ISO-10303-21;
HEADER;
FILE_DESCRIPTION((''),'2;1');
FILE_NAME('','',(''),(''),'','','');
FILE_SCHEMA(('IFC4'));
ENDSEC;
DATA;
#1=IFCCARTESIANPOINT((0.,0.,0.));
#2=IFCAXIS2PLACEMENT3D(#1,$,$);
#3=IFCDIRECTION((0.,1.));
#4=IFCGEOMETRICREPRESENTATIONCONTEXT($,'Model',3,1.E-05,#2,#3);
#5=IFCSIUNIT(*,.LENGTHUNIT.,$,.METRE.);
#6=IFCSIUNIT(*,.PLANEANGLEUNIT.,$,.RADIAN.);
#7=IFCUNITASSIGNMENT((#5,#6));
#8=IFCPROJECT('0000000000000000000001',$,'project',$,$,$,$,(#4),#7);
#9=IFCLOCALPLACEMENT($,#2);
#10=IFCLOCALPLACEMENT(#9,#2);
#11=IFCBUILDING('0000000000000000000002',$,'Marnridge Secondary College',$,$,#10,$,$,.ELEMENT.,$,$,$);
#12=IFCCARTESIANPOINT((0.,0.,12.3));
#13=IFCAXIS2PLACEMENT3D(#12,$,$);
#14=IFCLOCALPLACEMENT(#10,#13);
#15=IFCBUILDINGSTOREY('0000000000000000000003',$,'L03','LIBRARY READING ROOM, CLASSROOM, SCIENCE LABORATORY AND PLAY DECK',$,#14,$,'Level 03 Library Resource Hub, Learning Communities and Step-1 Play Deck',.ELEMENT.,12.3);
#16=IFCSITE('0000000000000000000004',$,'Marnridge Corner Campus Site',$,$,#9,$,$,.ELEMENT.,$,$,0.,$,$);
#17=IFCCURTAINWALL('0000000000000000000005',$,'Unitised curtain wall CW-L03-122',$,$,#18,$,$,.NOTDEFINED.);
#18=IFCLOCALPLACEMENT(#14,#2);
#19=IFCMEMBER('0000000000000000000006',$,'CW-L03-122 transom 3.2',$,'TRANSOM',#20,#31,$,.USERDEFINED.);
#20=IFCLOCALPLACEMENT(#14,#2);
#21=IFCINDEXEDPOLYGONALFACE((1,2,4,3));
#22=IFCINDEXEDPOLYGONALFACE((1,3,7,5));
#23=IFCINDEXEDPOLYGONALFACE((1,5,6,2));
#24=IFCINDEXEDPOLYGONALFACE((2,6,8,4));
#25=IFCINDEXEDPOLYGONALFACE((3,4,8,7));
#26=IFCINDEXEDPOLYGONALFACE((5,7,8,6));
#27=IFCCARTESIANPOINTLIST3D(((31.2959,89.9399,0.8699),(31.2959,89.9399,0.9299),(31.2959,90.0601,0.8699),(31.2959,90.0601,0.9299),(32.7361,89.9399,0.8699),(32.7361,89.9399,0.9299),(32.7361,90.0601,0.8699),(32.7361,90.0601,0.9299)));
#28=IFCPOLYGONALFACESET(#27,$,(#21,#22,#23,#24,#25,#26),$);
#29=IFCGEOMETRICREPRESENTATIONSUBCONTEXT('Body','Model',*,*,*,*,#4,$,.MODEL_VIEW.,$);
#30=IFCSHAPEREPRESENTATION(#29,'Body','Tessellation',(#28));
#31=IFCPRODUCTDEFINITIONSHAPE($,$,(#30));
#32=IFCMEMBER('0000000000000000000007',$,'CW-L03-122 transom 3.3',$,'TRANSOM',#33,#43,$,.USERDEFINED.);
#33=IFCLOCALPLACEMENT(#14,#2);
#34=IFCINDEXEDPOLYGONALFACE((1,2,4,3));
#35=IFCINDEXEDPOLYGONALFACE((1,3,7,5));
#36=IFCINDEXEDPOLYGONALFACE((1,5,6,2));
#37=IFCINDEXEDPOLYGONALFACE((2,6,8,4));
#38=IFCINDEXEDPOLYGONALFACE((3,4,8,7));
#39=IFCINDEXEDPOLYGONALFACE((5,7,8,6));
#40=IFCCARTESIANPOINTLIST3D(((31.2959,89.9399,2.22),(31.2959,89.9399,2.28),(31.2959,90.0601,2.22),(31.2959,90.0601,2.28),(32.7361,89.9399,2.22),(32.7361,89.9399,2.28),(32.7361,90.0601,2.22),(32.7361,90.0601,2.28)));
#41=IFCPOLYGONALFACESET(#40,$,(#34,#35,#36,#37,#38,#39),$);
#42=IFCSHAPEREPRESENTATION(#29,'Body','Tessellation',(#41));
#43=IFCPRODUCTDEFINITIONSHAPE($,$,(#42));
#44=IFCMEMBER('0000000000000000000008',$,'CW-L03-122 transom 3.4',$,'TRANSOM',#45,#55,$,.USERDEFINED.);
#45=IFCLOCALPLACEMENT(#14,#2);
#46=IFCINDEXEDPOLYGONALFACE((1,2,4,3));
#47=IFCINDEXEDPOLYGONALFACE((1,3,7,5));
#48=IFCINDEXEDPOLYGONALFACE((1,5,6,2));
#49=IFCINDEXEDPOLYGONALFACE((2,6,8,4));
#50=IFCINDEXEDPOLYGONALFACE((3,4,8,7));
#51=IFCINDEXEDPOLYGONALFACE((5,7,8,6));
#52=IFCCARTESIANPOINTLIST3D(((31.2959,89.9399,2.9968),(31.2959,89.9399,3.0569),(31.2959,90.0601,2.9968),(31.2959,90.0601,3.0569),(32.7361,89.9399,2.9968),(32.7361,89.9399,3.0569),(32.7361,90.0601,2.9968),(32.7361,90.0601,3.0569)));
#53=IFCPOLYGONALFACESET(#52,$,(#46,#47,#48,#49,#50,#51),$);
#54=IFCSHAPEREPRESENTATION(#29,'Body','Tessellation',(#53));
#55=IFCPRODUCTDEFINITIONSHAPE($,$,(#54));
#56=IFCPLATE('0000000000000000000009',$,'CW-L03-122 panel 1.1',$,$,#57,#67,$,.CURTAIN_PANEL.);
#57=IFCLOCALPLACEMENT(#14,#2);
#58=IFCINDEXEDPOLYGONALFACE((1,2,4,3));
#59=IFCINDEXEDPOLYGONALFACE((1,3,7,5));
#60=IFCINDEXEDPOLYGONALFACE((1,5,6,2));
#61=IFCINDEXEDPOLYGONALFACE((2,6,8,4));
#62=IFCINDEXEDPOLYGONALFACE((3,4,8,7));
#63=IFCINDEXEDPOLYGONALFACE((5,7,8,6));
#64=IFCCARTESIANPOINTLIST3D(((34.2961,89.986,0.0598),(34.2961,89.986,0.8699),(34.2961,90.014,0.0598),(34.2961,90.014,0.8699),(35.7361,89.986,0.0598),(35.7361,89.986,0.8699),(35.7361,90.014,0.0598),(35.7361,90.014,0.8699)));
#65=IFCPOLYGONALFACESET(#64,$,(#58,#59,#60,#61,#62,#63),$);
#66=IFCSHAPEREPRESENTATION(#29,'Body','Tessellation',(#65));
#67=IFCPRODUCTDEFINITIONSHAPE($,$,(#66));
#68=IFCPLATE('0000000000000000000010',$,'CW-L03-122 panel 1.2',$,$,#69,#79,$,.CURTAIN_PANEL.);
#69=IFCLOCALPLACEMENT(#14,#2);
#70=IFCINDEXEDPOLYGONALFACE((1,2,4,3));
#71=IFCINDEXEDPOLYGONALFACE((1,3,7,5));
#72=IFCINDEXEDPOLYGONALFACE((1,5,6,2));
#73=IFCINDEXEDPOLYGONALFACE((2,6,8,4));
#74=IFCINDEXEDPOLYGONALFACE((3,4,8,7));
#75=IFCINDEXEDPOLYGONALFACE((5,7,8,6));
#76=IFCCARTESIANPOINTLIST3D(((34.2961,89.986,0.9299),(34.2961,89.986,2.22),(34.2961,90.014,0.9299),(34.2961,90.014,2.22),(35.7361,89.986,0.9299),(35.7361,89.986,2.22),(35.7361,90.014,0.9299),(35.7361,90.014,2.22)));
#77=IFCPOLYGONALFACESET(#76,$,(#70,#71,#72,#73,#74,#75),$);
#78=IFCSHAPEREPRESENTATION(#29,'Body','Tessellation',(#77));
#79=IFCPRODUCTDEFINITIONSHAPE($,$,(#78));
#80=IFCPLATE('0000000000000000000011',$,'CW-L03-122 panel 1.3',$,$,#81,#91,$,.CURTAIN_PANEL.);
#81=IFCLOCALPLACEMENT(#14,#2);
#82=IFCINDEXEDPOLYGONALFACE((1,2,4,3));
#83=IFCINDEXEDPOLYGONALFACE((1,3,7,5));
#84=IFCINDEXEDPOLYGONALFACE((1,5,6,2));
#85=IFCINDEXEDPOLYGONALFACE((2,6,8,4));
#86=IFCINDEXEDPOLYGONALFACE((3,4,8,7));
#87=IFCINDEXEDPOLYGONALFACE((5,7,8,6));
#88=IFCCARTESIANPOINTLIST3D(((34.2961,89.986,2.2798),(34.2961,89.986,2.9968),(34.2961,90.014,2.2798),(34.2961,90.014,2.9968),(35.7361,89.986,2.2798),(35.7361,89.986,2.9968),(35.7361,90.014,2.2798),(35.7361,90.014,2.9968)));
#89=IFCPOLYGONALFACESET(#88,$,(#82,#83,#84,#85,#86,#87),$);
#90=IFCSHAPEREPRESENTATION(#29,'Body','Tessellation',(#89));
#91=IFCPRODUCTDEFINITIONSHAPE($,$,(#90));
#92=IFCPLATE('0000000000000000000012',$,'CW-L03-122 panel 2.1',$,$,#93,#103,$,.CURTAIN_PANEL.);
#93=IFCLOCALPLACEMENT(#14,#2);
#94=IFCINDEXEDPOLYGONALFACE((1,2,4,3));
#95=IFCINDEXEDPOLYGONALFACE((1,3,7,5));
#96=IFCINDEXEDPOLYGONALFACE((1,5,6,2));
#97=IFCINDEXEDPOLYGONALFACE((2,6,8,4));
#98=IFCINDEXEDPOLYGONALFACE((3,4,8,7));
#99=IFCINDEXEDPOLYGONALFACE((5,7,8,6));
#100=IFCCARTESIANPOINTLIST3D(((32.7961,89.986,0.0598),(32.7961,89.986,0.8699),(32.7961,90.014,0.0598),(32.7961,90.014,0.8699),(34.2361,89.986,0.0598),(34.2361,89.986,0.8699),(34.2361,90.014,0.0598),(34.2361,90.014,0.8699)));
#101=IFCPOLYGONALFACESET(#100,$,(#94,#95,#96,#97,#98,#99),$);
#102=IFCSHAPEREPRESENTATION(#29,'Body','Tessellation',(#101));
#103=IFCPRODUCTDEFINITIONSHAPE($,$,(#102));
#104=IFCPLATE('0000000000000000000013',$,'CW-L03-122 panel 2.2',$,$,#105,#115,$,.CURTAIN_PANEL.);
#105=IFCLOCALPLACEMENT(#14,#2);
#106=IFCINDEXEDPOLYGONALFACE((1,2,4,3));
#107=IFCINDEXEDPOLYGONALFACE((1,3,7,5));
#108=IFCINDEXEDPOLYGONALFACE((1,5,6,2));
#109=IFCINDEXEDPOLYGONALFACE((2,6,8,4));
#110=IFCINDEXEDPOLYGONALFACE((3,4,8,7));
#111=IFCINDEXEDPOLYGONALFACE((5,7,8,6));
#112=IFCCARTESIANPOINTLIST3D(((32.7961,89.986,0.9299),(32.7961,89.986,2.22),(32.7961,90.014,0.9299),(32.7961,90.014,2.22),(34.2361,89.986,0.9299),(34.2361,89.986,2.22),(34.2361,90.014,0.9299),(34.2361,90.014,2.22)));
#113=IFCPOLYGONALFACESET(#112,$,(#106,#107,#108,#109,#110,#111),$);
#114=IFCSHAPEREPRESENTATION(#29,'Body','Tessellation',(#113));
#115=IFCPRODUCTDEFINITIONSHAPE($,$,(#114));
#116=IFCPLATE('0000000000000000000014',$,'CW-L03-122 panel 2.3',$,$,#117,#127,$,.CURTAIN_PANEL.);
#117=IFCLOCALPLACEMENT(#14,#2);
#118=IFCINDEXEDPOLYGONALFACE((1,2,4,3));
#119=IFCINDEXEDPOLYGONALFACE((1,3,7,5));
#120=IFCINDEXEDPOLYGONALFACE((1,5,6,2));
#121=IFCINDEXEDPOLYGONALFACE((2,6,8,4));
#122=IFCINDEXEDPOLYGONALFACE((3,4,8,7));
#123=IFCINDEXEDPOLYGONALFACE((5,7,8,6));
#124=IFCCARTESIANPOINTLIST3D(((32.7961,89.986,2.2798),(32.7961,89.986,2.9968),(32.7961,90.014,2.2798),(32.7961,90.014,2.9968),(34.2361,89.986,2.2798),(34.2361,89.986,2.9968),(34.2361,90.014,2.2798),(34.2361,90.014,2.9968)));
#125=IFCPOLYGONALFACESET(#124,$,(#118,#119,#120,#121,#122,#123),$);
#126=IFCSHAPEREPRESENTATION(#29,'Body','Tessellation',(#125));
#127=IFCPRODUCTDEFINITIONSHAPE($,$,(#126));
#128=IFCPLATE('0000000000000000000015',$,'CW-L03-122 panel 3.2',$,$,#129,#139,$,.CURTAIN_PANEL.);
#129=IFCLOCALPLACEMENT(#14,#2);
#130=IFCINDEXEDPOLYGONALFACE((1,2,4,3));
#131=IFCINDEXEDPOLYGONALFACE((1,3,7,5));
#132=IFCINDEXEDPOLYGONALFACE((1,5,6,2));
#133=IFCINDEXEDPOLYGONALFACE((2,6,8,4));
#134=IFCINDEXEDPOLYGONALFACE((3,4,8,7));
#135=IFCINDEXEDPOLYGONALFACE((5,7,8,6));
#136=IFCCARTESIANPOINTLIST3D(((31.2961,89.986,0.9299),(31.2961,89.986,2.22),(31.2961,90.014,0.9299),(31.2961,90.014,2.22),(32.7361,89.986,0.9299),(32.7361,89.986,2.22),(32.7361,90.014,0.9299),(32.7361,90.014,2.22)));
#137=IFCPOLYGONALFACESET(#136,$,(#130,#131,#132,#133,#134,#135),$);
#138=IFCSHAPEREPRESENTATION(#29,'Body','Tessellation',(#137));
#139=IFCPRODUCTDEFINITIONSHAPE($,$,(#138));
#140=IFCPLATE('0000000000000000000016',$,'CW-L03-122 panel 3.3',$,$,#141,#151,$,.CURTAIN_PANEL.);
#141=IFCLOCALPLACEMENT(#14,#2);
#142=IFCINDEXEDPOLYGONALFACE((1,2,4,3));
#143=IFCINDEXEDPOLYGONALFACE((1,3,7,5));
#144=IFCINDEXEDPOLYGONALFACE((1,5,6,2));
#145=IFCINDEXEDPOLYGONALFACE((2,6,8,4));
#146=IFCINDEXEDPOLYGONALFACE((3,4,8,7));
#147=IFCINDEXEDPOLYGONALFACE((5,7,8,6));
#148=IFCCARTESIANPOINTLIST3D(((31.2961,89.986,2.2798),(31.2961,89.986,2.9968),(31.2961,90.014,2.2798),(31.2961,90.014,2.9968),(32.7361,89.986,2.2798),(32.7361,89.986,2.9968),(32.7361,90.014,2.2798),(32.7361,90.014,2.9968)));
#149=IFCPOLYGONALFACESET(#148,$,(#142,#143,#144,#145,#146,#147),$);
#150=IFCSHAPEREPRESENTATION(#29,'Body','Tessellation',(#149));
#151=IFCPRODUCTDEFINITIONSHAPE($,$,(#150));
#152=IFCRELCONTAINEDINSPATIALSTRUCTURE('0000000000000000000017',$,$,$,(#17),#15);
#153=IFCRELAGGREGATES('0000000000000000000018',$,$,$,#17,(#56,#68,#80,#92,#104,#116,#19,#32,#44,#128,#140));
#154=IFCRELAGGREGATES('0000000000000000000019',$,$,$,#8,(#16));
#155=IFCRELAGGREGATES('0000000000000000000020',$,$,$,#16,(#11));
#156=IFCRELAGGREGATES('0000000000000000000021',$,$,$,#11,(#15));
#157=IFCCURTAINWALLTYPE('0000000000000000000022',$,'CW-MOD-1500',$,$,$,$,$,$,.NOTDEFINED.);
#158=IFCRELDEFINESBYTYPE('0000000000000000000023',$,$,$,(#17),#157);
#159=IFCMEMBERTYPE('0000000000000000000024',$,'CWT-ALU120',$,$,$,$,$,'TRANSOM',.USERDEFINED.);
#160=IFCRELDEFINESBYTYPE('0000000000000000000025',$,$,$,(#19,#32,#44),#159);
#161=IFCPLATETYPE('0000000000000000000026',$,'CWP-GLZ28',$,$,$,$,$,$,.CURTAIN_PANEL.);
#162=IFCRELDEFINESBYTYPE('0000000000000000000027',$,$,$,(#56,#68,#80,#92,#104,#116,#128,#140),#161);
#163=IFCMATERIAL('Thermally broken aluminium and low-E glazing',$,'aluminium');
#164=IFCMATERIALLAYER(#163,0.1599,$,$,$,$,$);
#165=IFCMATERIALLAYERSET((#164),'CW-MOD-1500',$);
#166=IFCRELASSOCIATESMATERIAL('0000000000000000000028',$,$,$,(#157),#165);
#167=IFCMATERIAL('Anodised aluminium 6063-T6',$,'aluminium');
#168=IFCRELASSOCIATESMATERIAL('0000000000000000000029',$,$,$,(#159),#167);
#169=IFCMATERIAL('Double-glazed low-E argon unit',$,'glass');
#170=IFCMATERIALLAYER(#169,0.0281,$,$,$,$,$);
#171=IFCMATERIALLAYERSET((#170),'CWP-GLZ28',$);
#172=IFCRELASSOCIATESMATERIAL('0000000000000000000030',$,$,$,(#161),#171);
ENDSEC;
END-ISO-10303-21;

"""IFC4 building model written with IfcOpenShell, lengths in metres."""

from ifc_helpers import new_model, si_unit, direction, frame, origin, origin_2d, place, context, subcontext, project, spatial, rectangle, extrude, material, layer, layer_set, material_profile, profile_set, type_object, element, aggregate, save


model = new_model("IFC4")

# Units and contexts
model_context = context("Model", 3, precision=1e-05, world=origin(), true_north=direction((0.0, 1.0)))
body_context = subcontext(model_context, "Body", "Model", "MODEL_VIEW")
ifc_project = project(units=[si_unit("LENGTHUNIT", "METRE"), si_unit("PLANEANGLEUNIT", "RADIAN")], contexts=[model_context])

# Site, building, storey
site_placement = place(None, origin())
site = spatial("IfcSite", under=ifc_project, at=site_placement, Name="Marnridge Corner Campus Site", CompositionType="ELEMENT", RefElevation=0.0)
building_placement = place(site_placement, origin())
building = spatial("IfcBuilding", under=site, at=building_placement, Name="Marnridge Secondary College", CompositionType="ELEMENT")
storey_placement = place(building_placement, frame((0.0, 0.0, 12.3)))
storey = spatial("IfcBuildingStorey", under=building, at=storey_placement, Name="L03", Description="LIBRARY READING ROOM, CLASSROOM, SCIENCE LABORATORY AND PLAY DECK", LongName="Level 03 Library Resource Hub, Learning Communities and Step-1 Play Deck", CompositionType="ELEMENT", Elevation=12.3)

# Curtain wall
ifc_material_1 = material(Name="Thermally broken aluminium and low-E glazing", Category="aluminium")
ifc_layer_1 = layer(ifc_material_1, 0.1599)
ifc_layer_set_1 = layer_set([ifc_layer_1], Name="CW-MOD-1500")
curtain_wall_type = type_object("IfcCurtainWallType", Name="CW-MOD-1500", PredefinedType="NOTDEFINED", material=ifc_layer_set_1)
curtain_wall_1_placement = place(storey_placement, origin())
curtain_wall_1 = element("IfcCurtainWall", 1, at=curtain_wall_1_placement, inside=storey, type_object=curtain_wall_type, Name="Unitised curtain wall CW-L03-122", PredefinedType="NOTDEFINED")

# Members
ifc_material_2 = material(Name="Anodised aluminium 6063-T6", Category="aluminium")
ifc_material_profile_1 = material_profile(ifc_material_2, rectangle(XDim=0.0601, YDim=0.1201, at=origin_2d()), Name="ALU 60x120")
ifc_profile_set_1 = profile_set([ifc_material_profile_1], Name="Anodised aluminium 6063-T6")
member_type_1 = type_object("IfcMemberType", Name="CWT-ALU120", ElementType="TRANSOM", PredefinedType="USERDEFINED", material=ifc_profile_set_1)
member_1_placement = place(storey_placement, frame((32.7361, 90.0, 0.8999), z_axis=(-1.0, 0.0, 0.0), x_axis=(0.0, 0.0, 1.0)))
member_1 = element("IfcMember", 2, at=member_1_placement, type_object=member_type_1, Name="CW-L03-122 transom 3.2", ObjectType="TRANSOM", PredefinedType="USERDEFINED", context=body_context, shape_type="SweptSolid", body=[
    extrude(rectangle(XDim=0.0601, YDim=0.1201, at=origin_2d()), origin(), (0.0, 0.0, 1.0), 1.4402),
])
member_2_placement = place(storey_placement, frame((32.7361, 90.0, 2.25), z_axis=(-1.0, 0.0, 0.0), x_axis=(0.0, 0.0, 1.0)))
member_2 = element("IfcMember", 3, at=member_2_placement, type_object=member_type_1, Name="CW-L03-122 transom 3.3", ObjectType="TRANSOM", PredefinedType="USERDEFINED", context=body_context, shape_type="SweptSolid", body=[
    extrude(rectangle(XDim=0.0601, YDim=0.1201, at=origin_2d()), origin(), (0.0, 0.0, 1.0), 1.4402),
])
member_3_placement = place(storey_placement, frame((32.7361, 90.0, 3.0269), z_axis=(-1.0, 0.0, 0.0), x_axis=(0.0, 0.0, 1.0)))
member_3 = element("IfcMember", 4, at=member_3_placement, type_object=member_type_1, Name="CW-L03-122 transom 3.4", ObjectType="TRANSOM", PredefinedType="USERDEFINED", context=body_context, shape_type="SweptSolid", body=[
    extrude(rectangle(XDim=0.0601, YDim=0.1201, at=origin_2d()), origin(), (0.0, 0.0, 1.0), 1.4402),
])

# Plates
ifc_material_3 = material(Name="Double-glazed low-E argon unit", Category="glass")
ifc_layer_2 = layer(ifc_material_3, 0.0281)
ifc_layer_set_2 = layer_set([ifc_layer_2], Name="CWP-GLZ28")
plate_type = type_object("IfcPlateType", Name="CWP-GLZ28", PredefinedType="CURTAIN_PANEL", material=ifc_layer_set_2)
plate_1_placement = place(storey_placement, frame((35.0161, 90.0, 0.0598), z_axis=(0.0, 0.0, 1.0), x_axis=(-1.0, 0.0, 0.0)))
plate_1 = element("IfcPlate", 5, at=plate_1_placement, type_object=plate_type, Name="CW-L03-122 panel 1.1", PredefinedType="CURTAIN_PANEL", context=body_context, shape_type="SweptSolid", body=[
    extrude(rectangle(XDim=1.4399, YDim=0.0281, at=origin_2d()), origin(), (0.0, 0.0, 1.0), 0.8101),
])
plate_2_placement = place(storey_placement, frame((35.0161, 90.0, 0.9299), z_axis=(0.0, 0.0, 1.0), x_axis=(-1.0, 0.0, 0.0)))
plate_2 = element("IfcPlate", 6, at=plate_2_placement, type_object=plate_type, Name="CW-L03-122 panel 1.2", PredefinedType="CURTAIN_PANEL", context=body_context, shape_type="SweptSolid", body=[
    extrude(rectangle(XDim=1.4399, YDim=0.0281, at=origin_2d()), origin(), (0.0, 0.0, 1.0), 1.29),
])
plate_3_placement = place(storey_placement, frame((35.0161, 90.0, 2.2798), z_axis=(0.0, 0.0, 1.0), x_axis=(-1.0, 0.0, 0.0)))
plate_3 = element("IfcPlate", 7, at=plate_3_placement, type_object=plate_type, Name="CW-L03-122 panel 1.3", PredefinedType="CURTAIN_PANEL", context=body_context, shape_type="SweptSolid", body=[
    extrude(rectangle(XDim=1.4399, YDim=0.0281, at=origin_2d()), origin(), (0.0, 0.0, 1.0), 0.717),
])
plate_4_placement = place(storey_placement, frame((33.5161, 90.0, 0.0598), z_axis=(0.0, 0.0, 1.0), x_axis=(-1.0, 0.0, 0.0)))
plate_4 = element("IfcPlate", 8, at=plate_4_placement, type_object=plate_type, Name="CW-L03-122 panel 2.1", PredefinedType="CURTAIN_PANEL", context=body_context, shape_type="SweptSolid", body=[
    extrude(rectangle(XDim=1.4399, YDim=0.0281, at=origin_2d()), origin(), (0.0, 0.0, 1.0), 0.8101),
])
plate_5_placement = place(storey_placement, frame((33.5161, 90.0, 0.9299), z_axis=(0.0, 0.0, 1.0), x_axis=(-1.0, 0.0, 0.0)))
plate_5 = element("IfcPlate", 9, at=plate_5_placement, type_object=plate_type, Name="CW-L03-122 panel 2.2", PredefinedType="CURTAIN_PANEL", context=body_context, shape_type="SweptSolid", body=[
    extrude(rectangle(XDim=1.4399, YDim=0.0281, at=origin_2d()), origin(), (0.0, 0.0, 1.0), 1.29),
])
plate_6_placement = place(storey_placement, frame((33.5161, 90.0, 2.2798), z_axis=(0.0, 0.0, 1.0), x_axis=(-1.0, 0.0, 0.0)))
plate_6 = element("IfcPlate", 10, at=plate_6_placement, type_object=plate_type, Name="CW-L03-122 panel 2.3", PredefinedType="CURTAIN_PANEL", context=body_context, shape_type="SweptSolid", body=[
    extrude(rectangle(XDim=1.4399, YDim=0.0281, at=origin_2d()), origin(), (0.0, 0.0, 1.0), 0.717),
])
plate_7_placement = place(storey_placement, frame((32.0161, 90.0, 0.9299), z_axis=(0.0, 0.0, 1.0), x_axis=(-1.0, 0.0, 0.0)))
plate_7 = element("IfcPlate", 11, at=plate_7_placement, type_object=plate_type, Name="CW-L03-122 panel 3.2", PredefinedType="CURTAIN_PANEL", context=body_context, shape_type="SweptSolid", body=[
    extrude(rectangle(XDim=1.4399, YDim=0.0281, at=origin_2d()), origin(), (0.0, 0.0, 1.0), 1.29),
])
plate_8_placement = place(storey_placement, frame((32.0161, 90.0, 2.2798), z_axis=(0.0, 0.0, 1.0), x_axis=(-1.0, 0.0, 0.0)))
plate_8 = element("IfcPlate", 12, at=plate_8_placement, type_object=plate_type, Name="CW-L03-122 panel 3.3", PredefinedType="CURTAIN_PANEL", context=body_context, shape_type="SweptSolid", body=[
    extrude(rectangle(XDim=1.4399, YDim=0.0281, at=origin_2d()), origin(), (0.0, 0.0, 1.0), 0.717),
])
aggregate(curtain_wall_1, [plate_1, plate_2, plate_3, plate_4, plate_5, plate_6, member_1, member_2, member_3, plate_7, plate_8])

save(model, "model.ifc")
